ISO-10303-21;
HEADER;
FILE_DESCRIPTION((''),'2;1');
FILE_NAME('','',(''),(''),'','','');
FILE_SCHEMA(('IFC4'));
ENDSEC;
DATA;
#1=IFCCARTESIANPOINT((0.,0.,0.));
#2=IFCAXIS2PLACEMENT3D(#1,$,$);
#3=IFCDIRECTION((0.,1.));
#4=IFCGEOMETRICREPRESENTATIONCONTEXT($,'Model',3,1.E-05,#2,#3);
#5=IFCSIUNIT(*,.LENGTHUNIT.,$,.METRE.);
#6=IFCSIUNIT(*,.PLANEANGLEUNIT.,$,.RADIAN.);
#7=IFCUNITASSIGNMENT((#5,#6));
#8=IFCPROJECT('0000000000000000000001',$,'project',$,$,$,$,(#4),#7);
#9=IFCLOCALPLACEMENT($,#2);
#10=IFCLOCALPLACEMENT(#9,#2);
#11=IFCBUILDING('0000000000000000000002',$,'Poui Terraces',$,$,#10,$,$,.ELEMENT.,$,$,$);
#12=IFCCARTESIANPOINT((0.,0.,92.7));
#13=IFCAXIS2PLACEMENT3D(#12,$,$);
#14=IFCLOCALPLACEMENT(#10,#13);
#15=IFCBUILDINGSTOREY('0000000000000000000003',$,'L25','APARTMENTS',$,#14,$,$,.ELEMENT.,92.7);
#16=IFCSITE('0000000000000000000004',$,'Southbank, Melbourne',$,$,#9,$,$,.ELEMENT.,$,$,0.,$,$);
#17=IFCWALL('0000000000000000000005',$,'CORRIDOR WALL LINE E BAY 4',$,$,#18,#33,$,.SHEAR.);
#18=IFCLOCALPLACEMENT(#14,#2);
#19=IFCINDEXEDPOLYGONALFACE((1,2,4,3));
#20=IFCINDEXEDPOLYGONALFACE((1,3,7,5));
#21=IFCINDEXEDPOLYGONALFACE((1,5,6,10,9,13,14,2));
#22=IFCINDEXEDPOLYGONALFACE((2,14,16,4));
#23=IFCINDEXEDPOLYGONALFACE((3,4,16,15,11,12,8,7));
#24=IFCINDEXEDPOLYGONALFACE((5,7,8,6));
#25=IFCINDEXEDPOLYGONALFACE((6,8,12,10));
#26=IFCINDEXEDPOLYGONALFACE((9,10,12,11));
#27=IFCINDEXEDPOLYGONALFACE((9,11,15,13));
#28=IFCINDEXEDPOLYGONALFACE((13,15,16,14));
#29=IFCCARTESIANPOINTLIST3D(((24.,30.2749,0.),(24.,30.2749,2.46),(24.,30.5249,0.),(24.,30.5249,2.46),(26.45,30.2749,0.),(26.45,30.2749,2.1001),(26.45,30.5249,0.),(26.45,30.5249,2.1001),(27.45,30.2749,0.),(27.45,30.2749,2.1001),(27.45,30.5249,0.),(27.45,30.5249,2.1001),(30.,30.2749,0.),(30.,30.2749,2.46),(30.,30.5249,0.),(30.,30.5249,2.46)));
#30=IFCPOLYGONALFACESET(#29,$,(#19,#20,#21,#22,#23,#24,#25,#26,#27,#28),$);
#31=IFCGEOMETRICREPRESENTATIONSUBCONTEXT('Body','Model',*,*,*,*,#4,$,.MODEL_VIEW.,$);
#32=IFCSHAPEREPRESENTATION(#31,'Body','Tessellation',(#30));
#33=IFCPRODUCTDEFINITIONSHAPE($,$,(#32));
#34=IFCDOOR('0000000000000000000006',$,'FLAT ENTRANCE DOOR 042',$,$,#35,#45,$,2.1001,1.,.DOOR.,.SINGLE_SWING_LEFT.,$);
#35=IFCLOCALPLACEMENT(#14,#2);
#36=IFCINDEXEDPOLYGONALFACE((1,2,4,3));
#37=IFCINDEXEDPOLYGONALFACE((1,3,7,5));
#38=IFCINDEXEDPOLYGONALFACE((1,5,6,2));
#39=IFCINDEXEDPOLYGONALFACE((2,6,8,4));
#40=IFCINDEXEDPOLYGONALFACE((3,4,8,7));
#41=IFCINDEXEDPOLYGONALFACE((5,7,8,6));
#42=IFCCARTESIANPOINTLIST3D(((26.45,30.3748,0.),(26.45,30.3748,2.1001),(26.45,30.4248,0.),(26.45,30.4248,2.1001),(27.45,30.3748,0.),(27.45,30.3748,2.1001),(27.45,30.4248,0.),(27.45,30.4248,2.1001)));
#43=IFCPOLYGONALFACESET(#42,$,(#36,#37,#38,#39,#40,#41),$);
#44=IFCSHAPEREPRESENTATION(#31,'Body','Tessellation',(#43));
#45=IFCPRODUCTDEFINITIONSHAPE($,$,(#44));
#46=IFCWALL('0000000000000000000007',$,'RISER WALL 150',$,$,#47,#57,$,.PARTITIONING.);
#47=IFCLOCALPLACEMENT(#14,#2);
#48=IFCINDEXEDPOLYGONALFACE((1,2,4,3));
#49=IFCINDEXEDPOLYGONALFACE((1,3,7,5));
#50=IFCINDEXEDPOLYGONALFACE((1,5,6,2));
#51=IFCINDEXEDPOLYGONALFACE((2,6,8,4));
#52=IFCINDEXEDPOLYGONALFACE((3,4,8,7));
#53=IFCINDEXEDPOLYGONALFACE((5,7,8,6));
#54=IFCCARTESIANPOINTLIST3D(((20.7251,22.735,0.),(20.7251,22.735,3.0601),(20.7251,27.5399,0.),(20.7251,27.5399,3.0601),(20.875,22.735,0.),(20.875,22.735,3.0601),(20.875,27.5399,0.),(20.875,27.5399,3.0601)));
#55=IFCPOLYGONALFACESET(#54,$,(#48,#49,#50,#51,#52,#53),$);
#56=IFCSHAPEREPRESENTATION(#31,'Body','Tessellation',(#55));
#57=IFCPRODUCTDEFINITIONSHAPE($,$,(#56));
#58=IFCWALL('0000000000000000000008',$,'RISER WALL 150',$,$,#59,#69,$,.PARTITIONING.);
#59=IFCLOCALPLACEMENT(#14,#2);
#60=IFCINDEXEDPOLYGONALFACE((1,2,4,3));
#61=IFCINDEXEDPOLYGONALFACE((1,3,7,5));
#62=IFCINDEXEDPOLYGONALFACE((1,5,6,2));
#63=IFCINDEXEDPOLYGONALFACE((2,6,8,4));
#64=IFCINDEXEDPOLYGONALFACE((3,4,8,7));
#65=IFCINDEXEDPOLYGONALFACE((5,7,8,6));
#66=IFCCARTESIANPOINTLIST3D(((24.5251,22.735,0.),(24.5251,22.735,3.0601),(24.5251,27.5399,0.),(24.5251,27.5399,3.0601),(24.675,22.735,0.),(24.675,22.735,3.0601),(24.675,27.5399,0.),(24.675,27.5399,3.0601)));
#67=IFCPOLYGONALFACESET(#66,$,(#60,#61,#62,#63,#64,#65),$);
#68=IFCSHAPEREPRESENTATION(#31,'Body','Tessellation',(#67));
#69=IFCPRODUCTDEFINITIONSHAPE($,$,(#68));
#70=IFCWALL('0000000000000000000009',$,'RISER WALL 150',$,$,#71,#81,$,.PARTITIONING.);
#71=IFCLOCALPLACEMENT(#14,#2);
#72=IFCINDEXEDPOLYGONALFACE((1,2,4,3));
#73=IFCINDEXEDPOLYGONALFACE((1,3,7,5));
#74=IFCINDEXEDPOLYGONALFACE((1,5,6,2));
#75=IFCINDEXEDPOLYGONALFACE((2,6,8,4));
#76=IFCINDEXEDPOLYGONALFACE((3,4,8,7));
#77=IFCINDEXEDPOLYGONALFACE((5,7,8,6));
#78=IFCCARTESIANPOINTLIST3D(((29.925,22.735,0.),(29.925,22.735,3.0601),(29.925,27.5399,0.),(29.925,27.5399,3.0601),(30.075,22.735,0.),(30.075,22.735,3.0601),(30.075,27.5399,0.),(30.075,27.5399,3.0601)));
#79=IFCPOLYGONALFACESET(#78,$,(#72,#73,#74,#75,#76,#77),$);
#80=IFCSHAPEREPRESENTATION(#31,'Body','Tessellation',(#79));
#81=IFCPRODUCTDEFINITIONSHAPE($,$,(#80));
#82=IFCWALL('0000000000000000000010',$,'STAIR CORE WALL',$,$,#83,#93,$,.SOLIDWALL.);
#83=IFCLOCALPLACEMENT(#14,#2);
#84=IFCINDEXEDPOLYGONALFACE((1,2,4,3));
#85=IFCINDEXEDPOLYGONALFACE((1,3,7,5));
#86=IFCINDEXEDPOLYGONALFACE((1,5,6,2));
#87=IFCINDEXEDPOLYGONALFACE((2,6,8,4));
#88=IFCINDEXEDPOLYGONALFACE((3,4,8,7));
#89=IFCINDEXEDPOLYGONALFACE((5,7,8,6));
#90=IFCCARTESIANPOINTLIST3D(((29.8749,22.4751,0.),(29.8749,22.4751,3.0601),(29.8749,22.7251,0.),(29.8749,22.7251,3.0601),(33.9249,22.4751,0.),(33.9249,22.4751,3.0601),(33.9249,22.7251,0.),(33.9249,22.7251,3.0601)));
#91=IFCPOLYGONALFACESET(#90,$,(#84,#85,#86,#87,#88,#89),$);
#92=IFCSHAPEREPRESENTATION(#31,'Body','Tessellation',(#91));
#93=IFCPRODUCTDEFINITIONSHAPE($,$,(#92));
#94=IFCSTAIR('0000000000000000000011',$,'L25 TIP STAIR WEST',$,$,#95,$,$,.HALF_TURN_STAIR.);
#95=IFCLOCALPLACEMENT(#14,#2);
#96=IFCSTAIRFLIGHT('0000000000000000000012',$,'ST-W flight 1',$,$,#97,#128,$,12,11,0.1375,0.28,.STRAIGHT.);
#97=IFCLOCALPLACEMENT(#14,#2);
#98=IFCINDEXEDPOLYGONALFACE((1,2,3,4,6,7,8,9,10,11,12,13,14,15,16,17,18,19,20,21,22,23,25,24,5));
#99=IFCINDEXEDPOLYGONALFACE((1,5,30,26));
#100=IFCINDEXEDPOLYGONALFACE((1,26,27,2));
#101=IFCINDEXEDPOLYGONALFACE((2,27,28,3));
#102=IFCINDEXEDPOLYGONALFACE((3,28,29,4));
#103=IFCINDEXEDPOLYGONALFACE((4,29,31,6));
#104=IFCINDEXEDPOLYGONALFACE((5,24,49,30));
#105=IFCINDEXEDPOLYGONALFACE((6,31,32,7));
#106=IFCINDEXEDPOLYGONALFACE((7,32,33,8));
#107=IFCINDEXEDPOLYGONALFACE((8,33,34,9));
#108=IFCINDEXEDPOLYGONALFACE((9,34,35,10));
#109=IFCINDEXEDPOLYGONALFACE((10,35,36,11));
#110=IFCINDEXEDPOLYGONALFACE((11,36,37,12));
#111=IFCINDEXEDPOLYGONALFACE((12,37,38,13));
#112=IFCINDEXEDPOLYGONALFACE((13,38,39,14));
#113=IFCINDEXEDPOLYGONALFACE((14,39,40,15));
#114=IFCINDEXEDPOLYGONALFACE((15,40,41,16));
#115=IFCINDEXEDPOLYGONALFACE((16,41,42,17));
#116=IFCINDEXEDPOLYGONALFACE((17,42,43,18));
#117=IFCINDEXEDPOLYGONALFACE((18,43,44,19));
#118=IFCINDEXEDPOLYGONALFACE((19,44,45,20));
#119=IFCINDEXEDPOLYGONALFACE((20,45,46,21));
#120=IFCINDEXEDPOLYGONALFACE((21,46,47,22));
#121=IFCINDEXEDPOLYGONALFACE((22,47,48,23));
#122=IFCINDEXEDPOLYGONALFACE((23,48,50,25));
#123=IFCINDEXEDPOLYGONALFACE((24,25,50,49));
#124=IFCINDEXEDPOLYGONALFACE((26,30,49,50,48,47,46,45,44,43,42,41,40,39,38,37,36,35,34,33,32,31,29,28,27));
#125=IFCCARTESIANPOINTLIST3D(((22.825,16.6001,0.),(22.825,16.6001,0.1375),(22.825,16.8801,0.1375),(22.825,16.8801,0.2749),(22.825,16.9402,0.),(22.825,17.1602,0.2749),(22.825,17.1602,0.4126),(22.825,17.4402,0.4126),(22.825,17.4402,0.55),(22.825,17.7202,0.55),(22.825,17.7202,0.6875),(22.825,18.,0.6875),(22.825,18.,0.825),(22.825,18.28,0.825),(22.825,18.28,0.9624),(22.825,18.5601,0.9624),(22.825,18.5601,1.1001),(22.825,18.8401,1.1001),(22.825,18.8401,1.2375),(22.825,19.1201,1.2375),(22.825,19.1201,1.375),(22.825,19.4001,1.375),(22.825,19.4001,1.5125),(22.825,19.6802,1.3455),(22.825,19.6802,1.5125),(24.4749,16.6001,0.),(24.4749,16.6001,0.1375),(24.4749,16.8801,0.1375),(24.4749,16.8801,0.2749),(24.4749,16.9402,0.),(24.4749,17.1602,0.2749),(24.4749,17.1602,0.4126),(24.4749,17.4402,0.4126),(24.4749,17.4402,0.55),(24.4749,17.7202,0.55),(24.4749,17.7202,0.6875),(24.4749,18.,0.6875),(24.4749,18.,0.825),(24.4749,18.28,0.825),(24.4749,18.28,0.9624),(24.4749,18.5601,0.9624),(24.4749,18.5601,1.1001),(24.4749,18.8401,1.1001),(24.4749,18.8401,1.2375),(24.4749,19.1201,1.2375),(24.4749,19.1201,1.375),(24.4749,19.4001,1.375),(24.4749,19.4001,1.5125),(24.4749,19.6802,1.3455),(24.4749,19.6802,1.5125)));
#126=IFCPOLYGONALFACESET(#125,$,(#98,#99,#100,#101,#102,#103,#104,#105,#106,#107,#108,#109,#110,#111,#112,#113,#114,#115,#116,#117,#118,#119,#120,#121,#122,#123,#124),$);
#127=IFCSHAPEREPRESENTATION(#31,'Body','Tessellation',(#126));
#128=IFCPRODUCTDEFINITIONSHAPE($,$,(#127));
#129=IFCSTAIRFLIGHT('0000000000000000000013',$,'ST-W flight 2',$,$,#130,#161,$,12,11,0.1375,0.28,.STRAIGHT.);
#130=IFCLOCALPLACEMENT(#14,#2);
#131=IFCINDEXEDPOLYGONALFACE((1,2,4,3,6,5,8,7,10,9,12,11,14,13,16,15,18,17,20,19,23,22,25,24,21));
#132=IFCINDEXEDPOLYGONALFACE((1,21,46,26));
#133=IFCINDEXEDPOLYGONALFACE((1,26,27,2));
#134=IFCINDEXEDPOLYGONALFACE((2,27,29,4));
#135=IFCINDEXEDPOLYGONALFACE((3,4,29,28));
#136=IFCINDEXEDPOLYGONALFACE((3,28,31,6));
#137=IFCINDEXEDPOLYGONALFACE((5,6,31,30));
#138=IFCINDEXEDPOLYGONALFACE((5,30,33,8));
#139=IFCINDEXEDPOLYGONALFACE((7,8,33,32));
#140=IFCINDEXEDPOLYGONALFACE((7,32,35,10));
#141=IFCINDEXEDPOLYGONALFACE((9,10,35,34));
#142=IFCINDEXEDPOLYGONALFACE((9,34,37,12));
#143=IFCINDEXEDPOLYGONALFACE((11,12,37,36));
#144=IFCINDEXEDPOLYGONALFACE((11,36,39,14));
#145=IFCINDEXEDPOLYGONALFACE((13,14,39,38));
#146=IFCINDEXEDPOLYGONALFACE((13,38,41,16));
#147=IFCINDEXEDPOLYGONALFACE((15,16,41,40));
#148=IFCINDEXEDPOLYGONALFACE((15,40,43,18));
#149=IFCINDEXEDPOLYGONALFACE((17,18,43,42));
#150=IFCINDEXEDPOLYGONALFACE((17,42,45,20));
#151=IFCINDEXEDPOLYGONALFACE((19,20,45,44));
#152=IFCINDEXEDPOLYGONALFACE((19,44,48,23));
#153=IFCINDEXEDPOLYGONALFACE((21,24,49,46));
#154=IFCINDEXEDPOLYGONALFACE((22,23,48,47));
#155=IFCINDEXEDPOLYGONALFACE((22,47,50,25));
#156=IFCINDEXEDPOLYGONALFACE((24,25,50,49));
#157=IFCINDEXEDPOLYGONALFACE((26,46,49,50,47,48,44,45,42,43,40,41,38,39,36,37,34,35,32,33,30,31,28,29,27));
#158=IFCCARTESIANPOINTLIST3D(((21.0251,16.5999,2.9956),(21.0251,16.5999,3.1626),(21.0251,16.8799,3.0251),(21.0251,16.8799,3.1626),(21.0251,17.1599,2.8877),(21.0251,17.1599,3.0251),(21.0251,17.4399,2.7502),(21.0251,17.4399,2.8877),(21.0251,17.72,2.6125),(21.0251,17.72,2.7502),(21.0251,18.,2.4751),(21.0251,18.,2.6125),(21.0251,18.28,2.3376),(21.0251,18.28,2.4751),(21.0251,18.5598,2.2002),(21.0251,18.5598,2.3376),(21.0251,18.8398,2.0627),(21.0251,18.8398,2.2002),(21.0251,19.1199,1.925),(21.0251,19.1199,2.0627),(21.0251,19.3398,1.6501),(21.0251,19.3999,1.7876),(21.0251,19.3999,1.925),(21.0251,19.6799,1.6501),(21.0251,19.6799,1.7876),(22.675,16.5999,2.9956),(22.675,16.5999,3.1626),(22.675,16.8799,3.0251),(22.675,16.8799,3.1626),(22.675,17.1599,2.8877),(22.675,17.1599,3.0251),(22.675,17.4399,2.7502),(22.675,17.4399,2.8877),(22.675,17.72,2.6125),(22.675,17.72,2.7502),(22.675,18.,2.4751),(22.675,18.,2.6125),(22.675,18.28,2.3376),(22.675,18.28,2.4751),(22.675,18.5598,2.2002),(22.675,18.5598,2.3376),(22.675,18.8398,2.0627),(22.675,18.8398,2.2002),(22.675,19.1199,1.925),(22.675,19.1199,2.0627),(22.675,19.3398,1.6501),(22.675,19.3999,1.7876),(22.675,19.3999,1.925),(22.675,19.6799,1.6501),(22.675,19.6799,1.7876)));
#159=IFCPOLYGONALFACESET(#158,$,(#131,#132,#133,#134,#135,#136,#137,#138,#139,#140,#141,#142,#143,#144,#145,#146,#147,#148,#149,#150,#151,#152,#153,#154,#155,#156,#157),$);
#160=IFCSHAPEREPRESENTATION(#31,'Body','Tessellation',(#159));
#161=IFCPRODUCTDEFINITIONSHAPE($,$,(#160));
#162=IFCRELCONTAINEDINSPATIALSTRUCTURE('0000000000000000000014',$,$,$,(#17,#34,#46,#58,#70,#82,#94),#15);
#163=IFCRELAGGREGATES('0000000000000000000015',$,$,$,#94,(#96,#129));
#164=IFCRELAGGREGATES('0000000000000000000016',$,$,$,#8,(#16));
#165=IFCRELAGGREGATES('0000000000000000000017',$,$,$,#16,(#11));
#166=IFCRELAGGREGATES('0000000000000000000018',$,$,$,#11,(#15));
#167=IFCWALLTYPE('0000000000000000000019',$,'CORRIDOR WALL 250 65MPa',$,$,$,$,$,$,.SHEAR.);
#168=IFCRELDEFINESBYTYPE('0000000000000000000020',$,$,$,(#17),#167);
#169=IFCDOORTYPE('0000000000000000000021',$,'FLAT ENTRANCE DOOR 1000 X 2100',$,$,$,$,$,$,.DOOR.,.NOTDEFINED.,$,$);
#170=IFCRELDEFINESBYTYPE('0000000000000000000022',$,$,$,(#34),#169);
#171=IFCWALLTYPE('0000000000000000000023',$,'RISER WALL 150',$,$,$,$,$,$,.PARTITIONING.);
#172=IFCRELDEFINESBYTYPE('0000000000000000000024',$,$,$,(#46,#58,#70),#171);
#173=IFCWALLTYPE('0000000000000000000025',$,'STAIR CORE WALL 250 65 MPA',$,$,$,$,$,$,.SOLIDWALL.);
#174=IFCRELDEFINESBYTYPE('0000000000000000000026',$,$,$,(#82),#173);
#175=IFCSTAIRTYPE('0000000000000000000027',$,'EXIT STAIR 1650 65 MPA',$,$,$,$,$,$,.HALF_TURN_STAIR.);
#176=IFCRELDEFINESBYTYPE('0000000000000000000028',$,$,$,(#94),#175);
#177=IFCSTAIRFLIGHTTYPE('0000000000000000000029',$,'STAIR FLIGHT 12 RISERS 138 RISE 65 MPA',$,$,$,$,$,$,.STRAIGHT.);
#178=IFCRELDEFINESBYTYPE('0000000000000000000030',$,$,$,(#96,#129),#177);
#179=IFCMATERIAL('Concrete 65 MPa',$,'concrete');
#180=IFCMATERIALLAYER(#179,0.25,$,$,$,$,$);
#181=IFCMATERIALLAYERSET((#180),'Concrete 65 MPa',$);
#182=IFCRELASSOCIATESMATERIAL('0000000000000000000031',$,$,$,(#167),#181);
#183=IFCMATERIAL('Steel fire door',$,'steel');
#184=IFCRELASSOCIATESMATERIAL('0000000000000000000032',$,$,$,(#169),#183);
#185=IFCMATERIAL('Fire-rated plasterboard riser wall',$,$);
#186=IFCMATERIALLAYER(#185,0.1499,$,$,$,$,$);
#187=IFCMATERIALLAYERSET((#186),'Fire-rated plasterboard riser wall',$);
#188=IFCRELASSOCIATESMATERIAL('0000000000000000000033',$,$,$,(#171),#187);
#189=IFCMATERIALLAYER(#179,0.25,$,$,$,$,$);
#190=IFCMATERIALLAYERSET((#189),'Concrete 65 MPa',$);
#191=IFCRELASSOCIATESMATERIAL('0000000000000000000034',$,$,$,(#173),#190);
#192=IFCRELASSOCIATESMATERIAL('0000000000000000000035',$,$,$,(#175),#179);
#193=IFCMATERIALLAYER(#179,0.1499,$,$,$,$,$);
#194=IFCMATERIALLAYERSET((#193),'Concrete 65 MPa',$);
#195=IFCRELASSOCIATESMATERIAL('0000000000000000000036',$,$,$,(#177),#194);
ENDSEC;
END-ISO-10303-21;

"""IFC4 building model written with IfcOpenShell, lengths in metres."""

from ifc_helpers import new_model, si_unit, direction, frame, frame_2d, origin, place, context, subcontext, project, spatial, polyline, rectangle, outline, extrude, material, layer, layer_set, type_object, element, fill, aggregate, save


model = new_model("IFC4")

# Units and contexts
model_context = context("Model", 3, precision=1e-05, world=origin(), true_north=direction((0.0, 1.0)))
body_context = subcontext(model_context, "Body", "Model", "MODEL_VIEW")
ifc_project = project(units=[si_unit("LENGTHUNIT", "METRE"), si_unit("PLANEANGLEUNIT", "RADIAN")], contexts=[model_context])

# Site, building, storey
site_placement = place(None, origin())
site = spatial("IfcSite", under=ifc_project, at=site_placement, Name="Southbank, Melbourne", CompositionType="ELEMENT", RefElevation=0.0)
building_placement = place(site_placement, origin())
building = spatial("IfcBuilding", under=site, at=building_placement, Name="Poui Terraces", CompositionType="ELEMENT")
storey_placement = place(building_placement, frame((0.0, 0.0, 92.7)))
storey = spatial("IfcBuildingStorey", under=building, at=storey_placement, Name="L25", Description="APARTMENTS", CompositionType="ELEMENT", Elevation=92.7)

# Wall, opening, door
ifc_material_1 = material(Name="Concrete 65 MPa", Category="concrete")
ifc_layer_1 = layer(ifc_material_1, 0.25)
ifc_layer_set_1 = layer_set([ifc_layer_1], Name="Concrete 65 MPa")
wall_type_1 = type_object("IfcWallType", Name="CORRIDOR WALL 250 65MPa", PredefinedType="SHEAR", material=ifc_layer_set_1)
wall_1_placement = place(storey_placement, frame((24.0, 30.3999, 0.0), z_axis=(0.0, 0.0, 1.0), x_axis=(1.0, 0.0, 0.0)))
wall_1 = element("IfcWall", 1, at=wall_1_placement, inside=storey, type_object=wall_type_1, Name="CORRIDOR WALL LINE E BAY 4", PredefinedType="SHEAR", context=body_context, shape_type="SweptSolid", body=[
    extrude(rectangle(XDim=6.0, YDim=0.25, at=frame_2d((3.0, 0.0))), origin(), (0.0, 0.0, 1.0), 2.46),
])
opening_placement = place(wall_1_placement, frame((2.45, 0.0, 0.0)))
opening = element("IfcOpeningElement", 2, at=opening_placement, cuts=wall_1, PredefinedType="OPENING", context=body_context, shape_type="SweptSolid", body=[
    extrude(rectangle(XDim=1.0, YDim=2.1001, at=frame_2d((0.5, 1.05))), frame((0.0, 0.135, 0.0), z_axis=(0.0, -1.0, 0.0), x_axis=(1.0, 0.0, 0.0)), (0.0, 0.0, 1.0), 0.27),
])
ifc_material_2 = material(Name="Steel fire door", Category="steel")
door_type = type_object("IfcDoorType", Name="FLAT ENTRANCE DOOR 1000 X 2100", OperationType="NOTDEFINED", PredefinedType="DOOR", material=ifc_material_2)
door_placement = place(opening_placement, origin())
door = element("IfcDoor", 3, at=door_placement, inside=storey, type_object=door_type, Name="FLAT ENTRANCE DOOR 042", OperationType="SINGLE_SWING_LEFT", OverallHeight=2.1001, OverallWidth=1.0, PredefinedType="DOOR", context=body_context, shape_type="SweptSolid", body=[
    extrude(rectangle(XDim=1.0, YDim=2.1001, at=frame_2d((0.5, 1.05))), frame((0.0, 0.0249, 0.0), z_axis=(0.0, -1.0, 0.0), x_axis=(1.0, 0.0, 0.0)), (0.0, 0.0, 1.0), 0.05),
])
fill(opening, door)

# Walls
ifc_material_3 = material(Name="Fire-rated plasterboard riser wall")
ifc_layer_2 = layer(ifc_material_3, 0.1499)
ifc_layer_set_2 = layer_set([ifc_layer_2], Name="Fire-rated plasterboard riser wall")
wall_type_2 = type_object("IfcWallType", Name="RISER WALL 150", PredefinedType="PARTITIONING", material=ifc_layer_set_2)
for number, where, z_axis, x_axis, name in (
    (4, (20.8, 22.7351, 0.0), (0.0, 0.0, 1.0), (0.0, 1.0, 0.0), "RISER WALL 150"),
    (5, (24.6001, 22.7351, 0.0), (0.0, 0.0, 1.0), (0.0, 1.0, 0.0), "RISER WALL 150"),
    (6, (30.0, 22.7351, 0.0), (0.0, 0.0, 1.0), (0.0, 1.0, 0.0), "RISER WALL 150"),
):
    element("IfcWall", number, at=place(storey_placement, frame(where, z_axis=z_axis, x_axis=x_axis)), inside=storey, type_object=wall_type_2, Name=name, PredefinedType="PARTITIONING", context=body_context, shape_type="SweptSolid", body=[
        extrude(rectangle(XDim=4.8049, YDim=0.1499, at=frame_2d((2.4023, 0.0))), origin(), (0.0, 0.0, 1.0), 3.0601),
    ])
ifc_layer_3 = layer(ifc_material_1, 0.25)
ifc_layer_set_3 = layer_set([ifc_layer_3], Name="Concrete 65 MPa")
wall_type_3 = type_object("IfcWallType", Name="STAIR CORE WALL 250 65 MPA", PredefinedType="SOLIDWALL", material=ifc_layer_set_3)
wall_2_placement = place(storey_placement, frame((29.875, 22.6001, 0.0), z_axis=(0.0, 0.0, 1.0), x_axis=(1.0, 0.0, 0.0)))
element("IfcWall", 7, at=wall_2_placement, inside=storey, type_object=wall_type_3, Name="STAIR CORE WALL", PredefinedType="SOLIDWALL", context=body_context, shape_type="SweptSolid", body=[
    extrude(rectangle(XDim=4.05, YDim=0.25, at=frame_2d((2.0249, 0.0))), origin(), (0.0, 0.0, 1.0), 3.0601),
])

# Stair, stair flights
stair_type = type_object("IfcStairType", Name="EXIT STAIR 1650 65 MPA", PredefinedType="HALF_TURN_STAIR", material=ifc_material_1)
stair_placement = place(storey_placement, origin())
stair = element("IfcStair", 8, at=stair_placement, inside=storey, type_object=stair_type, Name="L25 TIP STAIR WEST", PredefinedType="HALF_TURN_STAIR")
ifc_layer_4 = layer(ifc_material_1, 0.1499)
ifc_layer_set_4 = layer_set([ifc_layer_4], Name="Concrete 65 MPa")
stair_flight_type = type_object("IfcStairFlightType", Name="STAIR FLIGHT 12 RISERS 138 RISE 65 MPA", PredefinedType="STRAIGHT", material=ifc_layer_set_4)
stair_flight_1_placement = place(storey_placement, frame((23.6499, 16.6001, 0.0), z_axis=(0.0, 0.0, 1.0), x_axis=(0.0, 1.0, 0.0)))
stair_flight_1 = element("IfcStairFlight", 9, at=stair_flight_1_placement, type_object=stair_flight_type, Name="ST-W flight 1", NumberOfRisers=12, NumberOfTreads=11, PredefinedType="STRAIGHT", RiserHeight=0.1375, TreadLength=0.28, context=body_context, shape_type="SweptSolid", body=[
    extrude(outline(polyline([(0.0, 0.0), (0.0, 0.1375), (0.28, 0.1375), (0.28, 0.2749), (0.5601, 0.2749), (0.5601, 0.4126), (0.8401, 0.4126), (0.8401, 0.55), (1.1201, 0.55), (1.1201, 0.6875), (1.3999, 0.6875), (1.3999, 0.825), (1.6799, 0.825), (1.6799, 0.9624), (1.96, 0.9624), (1.96, 1.1001), (2.24, 1.1001), (2.24, 1.2375), (2.52, 1.2375), (2.52, 1.375), (2.8, 1.375), (2.8, 1.5125), (3.0801, 1.5125), (3.0801, 1.6499), (3.0801, 1.3455), (0.3401, 0.0), (0.0, 0.0)])), frame((0.0, 0.825, 0.0), z_axis=(0.0, -1.0, 0.0), x_axis=(1.0, 0.0, 0.0)), (0.0, 0.0, 1.0), 1.6499),
])
stair_flight_2_placement = place(storey_placement, frame((21.8501, 19.6799, 1.6501), z_axis=(0.0, 0.0, 1.0), x_axis=(0.0, -1.0, 0.0)))
stair_flight_2 = element("IfcStairFlight", 10, at=stair_flight_2_placement, type_object=stair_flight_type, Name="ST-W flight 2", NumberOfRisers=12, NumberOfTreads=11, PredefinedType="STRAIGHT", RiserHeight=0.1375, TreadLength=0.28, context=body_context, shape_type="SweptSolid", body=[
    extrude(outline(polyline([(0.0, 0.0), (0.0, 0.1375), (0.28, 0.1375), (0.28, 0.2749), (0.5601, 0.2749), (0.5601, 0.4126), (0.8401, 0.4126), (0.8401, 0.55), (1.1201, 0.55), (1.1201, 0.6875), (1.3999, 0.6875), (1.3999, 0.825), (1.6799, 0.825), (1.6799, 0.9624), (1.96, 0.9624), (1.96, 1.1001), (2.24, 1.1001), (2.24, 1.2375), (2.52, 1.2375), (2.52, 1.375), (2.8, 1.375), (2.8, 1.5125), (3.0801, 1.5125), (3.0801, 1.6499), (3.0801, 1.3455), (0.3401, 0.0), (0.0, 0.0)])), frame((0.0, 0.825, 0.0), z_axis=(0.0, -1.0, 0.0), x_axis=(1.0, 0.0, 0.0)), (0.0, 0.0, 1.0), 1.6499),
])
aggregate(stair, [stair_flight_1, stair_flight_2])

save(model, "model.ifc")
